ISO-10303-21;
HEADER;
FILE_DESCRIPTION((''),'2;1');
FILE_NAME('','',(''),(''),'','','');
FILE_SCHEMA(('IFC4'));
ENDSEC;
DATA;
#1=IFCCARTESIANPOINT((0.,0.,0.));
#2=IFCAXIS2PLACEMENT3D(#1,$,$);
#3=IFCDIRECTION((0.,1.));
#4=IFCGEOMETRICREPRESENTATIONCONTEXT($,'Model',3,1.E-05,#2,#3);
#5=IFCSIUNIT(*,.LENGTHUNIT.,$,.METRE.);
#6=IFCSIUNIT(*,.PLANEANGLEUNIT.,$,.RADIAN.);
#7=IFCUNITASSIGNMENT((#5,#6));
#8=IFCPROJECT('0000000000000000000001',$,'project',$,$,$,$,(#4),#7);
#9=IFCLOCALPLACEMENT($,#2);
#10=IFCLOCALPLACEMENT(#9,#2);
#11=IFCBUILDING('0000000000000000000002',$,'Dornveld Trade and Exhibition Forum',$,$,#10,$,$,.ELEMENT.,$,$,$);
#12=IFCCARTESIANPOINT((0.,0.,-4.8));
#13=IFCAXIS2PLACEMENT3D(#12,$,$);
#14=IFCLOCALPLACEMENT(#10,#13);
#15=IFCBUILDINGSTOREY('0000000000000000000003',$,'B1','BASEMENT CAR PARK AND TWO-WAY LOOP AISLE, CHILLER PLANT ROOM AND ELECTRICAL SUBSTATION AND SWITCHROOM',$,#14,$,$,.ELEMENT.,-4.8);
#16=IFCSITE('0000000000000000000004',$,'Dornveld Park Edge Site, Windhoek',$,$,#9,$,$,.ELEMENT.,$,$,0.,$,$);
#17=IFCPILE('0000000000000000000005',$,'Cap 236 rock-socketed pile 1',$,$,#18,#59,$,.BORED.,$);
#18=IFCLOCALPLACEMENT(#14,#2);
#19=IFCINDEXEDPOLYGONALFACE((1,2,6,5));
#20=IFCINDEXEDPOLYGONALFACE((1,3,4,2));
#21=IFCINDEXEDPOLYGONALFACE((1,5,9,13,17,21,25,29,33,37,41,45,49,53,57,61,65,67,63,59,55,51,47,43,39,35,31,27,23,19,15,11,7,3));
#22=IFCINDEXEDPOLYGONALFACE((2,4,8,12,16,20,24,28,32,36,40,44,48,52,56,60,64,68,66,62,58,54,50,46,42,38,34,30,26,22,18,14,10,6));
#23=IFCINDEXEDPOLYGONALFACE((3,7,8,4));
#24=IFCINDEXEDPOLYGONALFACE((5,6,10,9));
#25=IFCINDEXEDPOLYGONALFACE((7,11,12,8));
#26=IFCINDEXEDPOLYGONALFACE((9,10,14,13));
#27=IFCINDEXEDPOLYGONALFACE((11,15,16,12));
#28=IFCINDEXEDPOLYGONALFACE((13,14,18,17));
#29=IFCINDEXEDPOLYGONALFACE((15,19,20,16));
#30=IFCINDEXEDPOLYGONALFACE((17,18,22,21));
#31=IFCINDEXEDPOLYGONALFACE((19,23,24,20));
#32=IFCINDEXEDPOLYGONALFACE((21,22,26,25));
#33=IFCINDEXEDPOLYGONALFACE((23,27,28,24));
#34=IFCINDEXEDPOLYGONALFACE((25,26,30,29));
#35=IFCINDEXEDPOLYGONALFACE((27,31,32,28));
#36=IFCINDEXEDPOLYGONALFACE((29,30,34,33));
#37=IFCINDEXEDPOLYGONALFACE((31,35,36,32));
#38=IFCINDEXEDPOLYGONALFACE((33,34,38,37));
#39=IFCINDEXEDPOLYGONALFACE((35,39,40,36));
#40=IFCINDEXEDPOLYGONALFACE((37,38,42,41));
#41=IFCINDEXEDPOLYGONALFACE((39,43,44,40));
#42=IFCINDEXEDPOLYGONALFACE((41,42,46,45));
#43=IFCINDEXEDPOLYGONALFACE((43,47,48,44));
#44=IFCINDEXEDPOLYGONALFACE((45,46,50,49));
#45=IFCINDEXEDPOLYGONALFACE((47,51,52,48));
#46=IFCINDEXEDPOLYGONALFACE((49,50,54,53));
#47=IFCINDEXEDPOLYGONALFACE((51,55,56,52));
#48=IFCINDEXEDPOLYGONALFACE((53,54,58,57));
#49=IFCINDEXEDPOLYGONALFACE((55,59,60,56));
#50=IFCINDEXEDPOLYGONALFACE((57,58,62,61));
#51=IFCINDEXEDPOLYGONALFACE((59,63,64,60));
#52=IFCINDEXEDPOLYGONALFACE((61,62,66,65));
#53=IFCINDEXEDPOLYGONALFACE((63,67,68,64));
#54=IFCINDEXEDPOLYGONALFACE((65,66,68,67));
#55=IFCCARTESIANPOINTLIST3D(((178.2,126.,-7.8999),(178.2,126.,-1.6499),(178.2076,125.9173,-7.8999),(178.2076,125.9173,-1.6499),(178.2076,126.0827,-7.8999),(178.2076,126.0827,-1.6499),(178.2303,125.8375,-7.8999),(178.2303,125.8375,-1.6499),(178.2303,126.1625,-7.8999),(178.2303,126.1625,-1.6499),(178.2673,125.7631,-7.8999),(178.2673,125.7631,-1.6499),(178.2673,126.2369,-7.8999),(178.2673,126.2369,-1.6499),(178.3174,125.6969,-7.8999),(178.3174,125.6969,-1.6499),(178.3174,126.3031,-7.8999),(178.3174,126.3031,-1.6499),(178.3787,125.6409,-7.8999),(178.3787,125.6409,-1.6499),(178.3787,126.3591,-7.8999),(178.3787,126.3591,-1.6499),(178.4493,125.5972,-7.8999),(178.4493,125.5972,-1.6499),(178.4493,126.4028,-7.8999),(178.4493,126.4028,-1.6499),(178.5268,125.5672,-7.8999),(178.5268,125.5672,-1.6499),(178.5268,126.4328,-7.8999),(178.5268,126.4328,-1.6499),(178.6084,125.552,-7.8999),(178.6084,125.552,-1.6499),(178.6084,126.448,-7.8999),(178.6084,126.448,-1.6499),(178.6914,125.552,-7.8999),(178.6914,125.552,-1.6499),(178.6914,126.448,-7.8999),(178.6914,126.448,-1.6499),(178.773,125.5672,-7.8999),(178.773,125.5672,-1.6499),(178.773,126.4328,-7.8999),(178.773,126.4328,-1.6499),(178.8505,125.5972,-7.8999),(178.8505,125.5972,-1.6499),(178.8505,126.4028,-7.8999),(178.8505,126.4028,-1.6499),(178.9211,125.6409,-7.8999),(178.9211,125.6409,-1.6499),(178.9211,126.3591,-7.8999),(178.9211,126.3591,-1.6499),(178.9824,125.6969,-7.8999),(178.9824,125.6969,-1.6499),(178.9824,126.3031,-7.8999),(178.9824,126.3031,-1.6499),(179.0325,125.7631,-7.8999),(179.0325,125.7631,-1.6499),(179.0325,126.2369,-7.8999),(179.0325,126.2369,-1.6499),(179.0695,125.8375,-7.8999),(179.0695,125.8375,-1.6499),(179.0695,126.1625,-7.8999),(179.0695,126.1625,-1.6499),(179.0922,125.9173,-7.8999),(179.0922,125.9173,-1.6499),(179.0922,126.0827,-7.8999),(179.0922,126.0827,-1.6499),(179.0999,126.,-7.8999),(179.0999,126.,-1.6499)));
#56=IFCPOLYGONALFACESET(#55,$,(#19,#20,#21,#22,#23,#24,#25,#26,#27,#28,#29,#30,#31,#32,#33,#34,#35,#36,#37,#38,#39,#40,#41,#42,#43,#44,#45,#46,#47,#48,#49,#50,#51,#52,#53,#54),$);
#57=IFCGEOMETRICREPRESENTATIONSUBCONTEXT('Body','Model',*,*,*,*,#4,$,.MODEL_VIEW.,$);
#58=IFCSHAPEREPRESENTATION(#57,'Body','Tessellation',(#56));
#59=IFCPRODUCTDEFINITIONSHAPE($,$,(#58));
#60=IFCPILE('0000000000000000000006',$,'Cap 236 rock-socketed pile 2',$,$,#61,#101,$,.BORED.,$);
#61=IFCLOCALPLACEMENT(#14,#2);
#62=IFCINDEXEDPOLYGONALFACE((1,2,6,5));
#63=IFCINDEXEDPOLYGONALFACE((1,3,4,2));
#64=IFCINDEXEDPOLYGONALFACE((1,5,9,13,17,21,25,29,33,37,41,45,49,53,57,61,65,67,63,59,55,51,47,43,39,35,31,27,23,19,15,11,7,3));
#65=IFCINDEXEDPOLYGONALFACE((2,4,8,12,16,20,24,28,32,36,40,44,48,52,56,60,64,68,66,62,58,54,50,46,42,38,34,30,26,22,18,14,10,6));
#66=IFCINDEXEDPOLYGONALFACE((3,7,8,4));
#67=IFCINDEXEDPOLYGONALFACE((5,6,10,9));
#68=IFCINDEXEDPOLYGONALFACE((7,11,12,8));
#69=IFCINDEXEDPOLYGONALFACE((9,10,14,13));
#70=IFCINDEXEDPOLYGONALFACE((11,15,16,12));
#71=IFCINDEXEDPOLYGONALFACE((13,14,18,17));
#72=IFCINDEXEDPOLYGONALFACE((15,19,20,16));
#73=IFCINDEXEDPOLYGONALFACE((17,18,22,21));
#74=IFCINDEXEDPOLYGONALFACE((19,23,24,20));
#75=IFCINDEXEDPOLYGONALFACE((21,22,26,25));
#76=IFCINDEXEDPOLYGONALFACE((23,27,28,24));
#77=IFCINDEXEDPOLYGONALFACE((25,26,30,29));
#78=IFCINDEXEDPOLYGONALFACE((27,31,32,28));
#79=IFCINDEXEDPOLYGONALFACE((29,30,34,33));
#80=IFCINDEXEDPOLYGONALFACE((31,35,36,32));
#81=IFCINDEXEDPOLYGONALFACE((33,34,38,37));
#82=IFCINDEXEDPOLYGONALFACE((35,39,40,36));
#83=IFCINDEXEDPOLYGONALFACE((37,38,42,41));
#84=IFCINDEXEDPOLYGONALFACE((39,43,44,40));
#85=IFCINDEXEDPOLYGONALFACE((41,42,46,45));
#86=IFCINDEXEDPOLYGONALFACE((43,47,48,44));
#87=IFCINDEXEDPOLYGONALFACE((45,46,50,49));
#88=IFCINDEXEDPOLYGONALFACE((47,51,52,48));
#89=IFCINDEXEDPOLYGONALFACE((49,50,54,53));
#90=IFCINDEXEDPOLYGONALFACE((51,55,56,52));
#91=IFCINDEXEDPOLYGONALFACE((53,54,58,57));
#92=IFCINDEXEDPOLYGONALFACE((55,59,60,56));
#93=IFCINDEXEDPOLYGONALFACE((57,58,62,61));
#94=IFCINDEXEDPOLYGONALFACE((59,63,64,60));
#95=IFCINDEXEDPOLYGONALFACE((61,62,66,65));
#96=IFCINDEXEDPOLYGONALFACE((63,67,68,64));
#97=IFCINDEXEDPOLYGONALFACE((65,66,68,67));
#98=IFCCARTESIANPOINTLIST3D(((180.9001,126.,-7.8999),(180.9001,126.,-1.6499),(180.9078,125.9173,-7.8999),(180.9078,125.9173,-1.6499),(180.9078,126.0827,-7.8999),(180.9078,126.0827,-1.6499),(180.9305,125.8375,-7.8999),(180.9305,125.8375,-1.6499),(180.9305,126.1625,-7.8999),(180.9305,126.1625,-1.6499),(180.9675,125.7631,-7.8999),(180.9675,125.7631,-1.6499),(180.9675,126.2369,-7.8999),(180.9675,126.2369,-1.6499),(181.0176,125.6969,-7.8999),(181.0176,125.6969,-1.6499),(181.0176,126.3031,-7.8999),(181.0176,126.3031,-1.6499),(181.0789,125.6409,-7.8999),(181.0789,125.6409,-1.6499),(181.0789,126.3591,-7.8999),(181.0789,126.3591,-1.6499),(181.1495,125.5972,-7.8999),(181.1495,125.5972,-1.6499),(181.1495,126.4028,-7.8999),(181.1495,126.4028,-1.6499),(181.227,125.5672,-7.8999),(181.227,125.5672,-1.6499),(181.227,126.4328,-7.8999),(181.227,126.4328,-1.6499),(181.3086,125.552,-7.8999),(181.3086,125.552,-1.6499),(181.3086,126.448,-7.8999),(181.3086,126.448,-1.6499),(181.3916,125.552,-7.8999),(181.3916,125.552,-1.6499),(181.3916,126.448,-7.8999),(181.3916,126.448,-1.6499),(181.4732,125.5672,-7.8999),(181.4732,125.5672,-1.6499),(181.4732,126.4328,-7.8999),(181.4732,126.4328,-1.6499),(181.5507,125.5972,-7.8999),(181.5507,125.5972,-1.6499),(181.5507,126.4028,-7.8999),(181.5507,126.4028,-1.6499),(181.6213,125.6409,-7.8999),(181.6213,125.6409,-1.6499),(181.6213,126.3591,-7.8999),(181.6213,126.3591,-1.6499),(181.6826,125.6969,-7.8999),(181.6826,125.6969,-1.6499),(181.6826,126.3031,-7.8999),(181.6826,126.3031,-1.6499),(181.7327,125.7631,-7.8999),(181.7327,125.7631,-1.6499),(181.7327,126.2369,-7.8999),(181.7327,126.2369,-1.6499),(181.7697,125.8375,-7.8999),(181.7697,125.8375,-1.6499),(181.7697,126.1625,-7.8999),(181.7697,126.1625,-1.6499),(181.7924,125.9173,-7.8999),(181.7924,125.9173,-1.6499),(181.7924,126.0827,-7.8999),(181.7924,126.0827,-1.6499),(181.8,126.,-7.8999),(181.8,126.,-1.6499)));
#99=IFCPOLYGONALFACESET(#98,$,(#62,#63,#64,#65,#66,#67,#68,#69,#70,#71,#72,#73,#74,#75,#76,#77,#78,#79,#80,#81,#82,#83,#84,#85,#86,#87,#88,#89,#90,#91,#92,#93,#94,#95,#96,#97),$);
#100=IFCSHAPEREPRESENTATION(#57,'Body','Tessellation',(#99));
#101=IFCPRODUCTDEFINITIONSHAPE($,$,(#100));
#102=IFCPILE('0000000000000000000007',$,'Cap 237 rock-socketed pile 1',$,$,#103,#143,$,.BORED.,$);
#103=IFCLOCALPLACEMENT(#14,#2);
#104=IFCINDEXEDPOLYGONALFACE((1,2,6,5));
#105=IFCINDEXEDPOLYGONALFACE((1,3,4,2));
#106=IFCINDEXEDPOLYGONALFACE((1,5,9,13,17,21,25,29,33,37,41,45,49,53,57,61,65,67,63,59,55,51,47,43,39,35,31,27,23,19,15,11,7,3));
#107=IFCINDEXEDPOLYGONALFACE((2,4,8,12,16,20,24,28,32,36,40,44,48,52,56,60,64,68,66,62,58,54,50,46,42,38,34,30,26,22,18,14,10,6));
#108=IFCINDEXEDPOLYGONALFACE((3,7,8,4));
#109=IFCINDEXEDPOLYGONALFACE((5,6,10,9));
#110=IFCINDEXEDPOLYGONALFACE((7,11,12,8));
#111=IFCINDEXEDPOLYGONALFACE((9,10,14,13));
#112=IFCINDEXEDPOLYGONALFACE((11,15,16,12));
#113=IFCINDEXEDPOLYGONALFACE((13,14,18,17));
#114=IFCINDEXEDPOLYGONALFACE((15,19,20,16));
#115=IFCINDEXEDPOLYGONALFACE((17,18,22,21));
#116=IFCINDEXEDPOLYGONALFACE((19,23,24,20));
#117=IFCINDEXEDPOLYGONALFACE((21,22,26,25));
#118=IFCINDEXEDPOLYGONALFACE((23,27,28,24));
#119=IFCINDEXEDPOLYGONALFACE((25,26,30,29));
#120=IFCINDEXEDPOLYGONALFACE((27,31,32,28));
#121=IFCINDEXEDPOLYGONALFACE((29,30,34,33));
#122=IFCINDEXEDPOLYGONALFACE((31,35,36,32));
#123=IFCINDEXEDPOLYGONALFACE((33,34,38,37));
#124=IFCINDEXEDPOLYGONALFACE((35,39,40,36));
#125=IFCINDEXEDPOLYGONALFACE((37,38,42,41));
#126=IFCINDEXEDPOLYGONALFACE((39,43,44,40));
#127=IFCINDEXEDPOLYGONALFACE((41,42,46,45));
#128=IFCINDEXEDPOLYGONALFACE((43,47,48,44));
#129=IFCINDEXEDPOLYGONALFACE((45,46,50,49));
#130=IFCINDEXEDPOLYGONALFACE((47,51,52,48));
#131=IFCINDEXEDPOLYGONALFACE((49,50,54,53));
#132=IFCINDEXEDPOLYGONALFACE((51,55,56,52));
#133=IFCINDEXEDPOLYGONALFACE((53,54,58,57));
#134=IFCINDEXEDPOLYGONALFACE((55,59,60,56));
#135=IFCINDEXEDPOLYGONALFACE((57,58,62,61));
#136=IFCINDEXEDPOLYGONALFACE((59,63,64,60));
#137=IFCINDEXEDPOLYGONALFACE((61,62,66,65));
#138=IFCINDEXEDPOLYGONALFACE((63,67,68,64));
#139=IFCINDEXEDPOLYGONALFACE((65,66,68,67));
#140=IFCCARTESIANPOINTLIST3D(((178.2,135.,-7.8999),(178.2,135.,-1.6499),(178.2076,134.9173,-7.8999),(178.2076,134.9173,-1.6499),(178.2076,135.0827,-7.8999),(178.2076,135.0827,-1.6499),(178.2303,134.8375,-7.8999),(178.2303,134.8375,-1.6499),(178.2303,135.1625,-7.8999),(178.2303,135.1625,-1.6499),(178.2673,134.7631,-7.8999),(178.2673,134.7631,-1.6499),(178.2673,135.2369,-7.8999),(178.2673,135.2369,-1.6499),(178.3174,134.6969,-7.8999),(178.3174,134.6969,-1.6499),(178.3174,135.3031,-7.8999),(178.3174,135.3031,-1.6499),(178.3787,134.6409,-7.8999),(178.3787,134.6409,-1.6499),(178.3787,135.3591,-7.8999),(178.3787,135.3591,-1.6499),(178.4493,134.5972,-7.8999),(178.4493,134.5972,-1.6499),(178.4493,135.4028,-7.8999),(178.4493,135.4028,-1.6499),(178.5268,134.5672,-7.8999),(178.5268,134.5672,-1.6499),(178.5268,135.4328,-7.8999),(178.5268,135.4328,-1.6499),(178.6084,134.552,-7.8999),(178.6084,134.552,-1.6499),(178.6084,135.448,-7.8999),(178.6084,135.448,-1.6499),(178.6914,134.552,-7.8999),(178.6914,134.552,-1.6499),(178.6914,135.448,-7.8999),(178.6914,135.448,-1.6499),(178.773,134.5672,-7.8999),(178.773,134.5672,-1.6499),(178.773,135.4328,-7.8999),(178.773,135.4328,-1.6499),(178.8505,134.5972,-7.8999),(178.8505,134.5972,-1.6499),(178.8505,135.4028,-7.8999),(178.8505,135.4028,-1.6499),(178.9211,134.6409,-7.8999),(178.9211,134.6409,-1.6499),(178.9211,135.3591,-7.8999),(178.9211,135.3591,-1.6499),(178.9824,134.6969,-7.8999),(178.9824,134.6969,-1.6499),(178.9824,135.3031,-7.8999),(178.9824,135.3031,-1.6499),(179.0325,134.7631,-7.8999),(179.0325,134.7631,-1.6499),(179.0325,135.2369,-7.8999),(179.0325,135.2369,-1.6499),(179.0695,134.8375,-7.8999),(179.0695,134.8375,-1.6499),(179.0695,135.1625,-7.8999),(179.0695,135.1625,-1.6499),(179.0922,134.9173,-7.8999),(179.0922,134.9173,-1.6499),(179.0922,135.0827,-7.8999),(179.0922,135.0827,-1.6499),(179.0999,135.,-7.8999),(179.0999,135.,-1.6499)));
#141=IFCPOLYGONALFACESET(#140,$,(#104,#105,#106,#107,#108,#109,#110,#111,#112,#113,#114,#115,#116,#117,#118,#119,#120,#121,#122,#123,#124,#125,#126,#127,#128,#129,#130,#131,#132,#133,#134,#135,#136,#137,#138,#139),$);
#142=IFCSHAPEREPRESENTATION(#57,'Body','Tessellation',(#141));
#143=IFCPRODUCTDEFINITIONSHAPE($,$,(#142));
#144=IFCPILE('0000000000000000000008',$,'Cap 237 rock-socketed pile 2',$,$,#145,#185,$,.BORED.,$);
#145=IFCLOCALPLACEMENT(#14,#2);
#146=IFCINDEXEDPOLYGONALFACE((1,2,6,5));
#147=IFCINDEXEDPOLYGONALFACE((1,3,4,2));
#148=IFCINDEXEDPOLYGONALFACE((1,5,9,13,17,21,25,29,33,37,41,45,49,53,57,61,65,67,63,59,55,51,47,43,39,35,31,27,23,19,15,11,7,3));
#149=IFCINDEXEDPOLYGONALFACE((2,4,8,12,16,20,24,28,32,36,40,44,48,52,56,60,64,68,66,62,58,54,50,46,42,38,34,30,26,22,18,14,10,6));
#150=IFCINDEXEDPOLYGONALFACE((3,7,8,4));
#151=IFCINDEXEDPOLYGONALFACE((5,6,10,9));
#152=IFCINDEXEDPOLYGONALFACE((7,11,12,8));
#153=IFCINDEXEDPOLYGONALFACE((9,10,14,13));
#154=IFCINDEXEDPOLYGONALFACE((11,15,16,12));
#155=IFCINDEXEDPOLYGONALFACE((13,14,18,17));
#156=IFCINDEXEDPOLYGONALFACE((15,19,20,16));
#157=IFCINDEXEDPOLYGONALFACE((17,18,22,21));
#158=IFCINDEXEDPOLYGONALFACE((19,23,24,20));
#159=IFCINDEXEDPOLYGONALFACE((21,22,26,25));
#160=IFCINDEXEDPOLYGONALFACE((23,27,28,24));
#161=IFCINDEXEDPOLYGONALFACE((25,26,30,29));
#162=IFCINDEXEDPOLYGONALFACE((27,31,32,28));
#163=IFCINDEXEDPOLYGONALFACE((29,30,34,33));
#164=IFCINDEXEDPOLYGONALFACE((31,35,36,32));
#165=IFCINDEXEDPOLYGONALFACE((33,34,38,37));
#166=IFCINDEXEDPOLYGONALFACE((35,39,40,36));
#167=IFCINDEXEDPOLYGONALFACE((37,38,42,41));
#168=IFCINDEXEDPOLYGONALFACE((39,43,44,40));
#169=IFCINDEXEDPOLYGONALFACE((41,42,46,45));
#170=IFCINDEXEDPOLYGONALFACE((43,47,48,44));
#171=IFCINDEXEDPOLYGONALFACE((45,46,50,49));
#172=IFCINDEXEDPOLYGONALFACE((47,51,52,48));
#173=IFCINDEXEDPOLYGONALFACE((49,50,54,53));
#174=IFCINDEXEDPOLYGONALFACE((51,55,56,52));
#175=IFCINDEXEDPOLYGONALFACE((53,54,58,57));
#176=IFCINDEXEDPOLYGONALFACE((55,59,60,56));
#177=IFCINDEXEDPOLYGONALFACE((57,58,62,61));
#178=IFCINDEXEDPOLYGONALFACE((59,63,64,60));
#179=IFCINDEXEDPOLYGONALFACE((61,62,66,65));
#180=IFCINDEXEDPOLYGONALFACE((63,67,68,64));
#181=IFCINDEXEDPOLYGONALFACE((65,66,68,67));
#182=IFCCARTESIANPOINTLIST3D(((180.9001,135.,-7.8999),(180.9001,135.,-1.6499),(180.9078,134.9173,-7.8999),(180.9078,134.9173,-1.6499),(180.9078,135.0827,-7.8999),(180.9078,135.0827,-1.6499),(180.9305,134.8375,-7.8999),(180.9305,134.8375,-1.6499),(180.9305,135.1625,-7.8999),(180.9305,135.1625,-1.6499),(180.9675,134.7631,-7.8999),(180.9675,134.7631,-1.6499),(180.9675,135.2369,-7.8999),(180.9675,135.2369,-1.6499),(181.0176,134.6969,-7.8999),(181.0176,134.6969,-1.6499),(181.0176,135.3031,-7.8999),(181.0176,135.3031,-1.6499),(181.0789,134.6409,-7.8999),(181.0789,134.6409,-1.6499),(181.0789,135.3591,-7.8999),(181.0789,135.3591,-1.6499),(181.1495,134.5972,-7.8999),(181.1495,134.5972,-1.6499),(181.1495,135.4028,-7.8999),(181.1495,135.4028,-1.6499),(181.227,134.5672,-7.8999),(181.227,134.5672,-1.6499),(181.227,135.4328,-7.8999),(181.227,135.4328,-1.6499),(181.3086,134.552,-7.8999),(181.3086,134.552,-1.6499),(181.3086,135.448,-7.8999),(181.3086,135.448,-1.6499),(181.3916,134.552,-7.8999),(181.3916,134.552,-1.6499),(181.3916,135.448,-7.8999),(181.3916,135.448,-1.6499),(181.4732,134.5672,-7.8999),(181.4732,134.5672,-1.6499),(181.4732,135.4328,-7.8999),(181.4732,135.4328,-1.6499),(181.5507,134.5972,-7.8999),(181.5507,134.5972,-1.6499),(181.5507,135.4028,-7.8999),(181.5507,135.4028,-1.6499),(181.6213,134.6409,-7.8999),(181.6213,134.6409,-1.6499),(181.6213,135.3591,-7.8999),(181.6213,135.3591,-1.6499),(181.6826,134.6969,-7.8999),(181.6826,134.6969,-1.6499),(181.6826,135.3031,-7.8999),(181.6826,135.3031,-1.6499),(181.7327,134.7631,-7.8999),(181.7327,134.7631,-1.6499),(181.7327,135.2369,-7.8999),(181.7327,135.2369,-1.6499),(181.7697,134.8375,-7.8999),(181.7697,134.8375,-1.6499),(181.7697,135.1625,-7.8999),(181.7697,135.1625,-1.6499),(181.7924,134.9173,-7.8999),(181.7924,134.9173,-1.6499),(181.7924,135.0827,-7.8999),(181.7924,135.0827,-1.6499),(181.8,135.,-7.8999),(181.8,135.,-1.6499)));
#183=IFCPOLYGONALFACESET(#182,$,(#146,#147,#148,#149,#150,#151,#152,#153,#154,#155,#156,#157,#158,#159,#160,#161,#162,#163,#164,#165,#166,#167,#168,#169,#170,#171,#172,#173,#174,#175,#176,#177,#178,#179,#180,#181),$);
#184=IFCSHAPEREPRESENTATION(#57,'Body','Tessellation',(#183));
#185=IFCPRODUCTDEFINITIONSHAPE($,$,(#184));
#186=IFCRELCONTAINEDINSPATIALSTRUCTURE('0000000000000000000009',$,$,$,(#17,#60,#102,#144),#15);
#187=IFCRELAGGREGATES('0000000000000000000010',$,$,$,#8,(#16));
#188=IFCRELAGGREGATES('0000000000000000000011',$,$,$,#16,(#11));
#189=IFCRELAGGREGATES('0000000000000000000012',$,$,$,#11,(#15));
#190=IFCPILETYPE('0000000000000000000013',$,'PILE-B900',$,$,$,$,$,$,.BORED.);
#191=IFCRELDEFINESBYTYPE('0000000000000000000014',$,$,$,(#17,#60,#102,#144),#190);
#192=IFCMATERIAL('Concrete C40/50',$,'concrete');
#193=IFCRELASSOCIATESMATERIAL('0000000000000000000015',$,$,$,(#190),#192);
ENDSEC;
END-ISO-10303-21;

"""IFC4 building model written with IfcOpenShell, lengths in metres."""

from ifc_helpers import new_model, si_unit, direction, frame, origin, origin_2d, place, context, subcontext, project, spatial, circle, extrude, material, material_profile, profile_set, type_object, element, save


model = new_model("IFC4")

# Units and contexts
model_context = context("Model", 3, precision=1e-05, world=origin(), true_north=direction((0.0, 1.0)))
body_context = subcontext(model_context, "Body", "Model", "MODEL_VIEW")
ifc_project = project(units=[si_unit("LENGTHUNIT", "METRE"), si_unit("PLANEANGLEUNIT", "RADIAN")], contexts=[model_context])

# Site, building, storey
site_placement = place(None, origin())
site = spatial("IfcSite", under=ifc_project, at=site_placement, Name="Dornveld Park Edge Site, Windhoek", CompositionType="ELEMENT", RefElevation=0.0)
building_placement = place(site_placement, origin())
building = spatial("IfcBuilding", under=site, at=building_placement, Name="Dornveld Trade and Exhibition Forum", CompositionType="ELEMENT")
storey_placement = place(building_placement, frame((0.0, 0.0, -4.8)))
storey = spatial("IfcBuildingStorey", under=building, at=storey_placement, Name="B1", Description="BASEMENT CAR PARK AND TWO-WAY LOOP AISLE, CHILLER PLANT ROOM AND ELECTRICAL SUBSTATION AND SWITCHROOM", CompositionType="ELEMENT", Elevation=-4.8)

# Piles
ifc_material_1 = material(Name="Concrete C40/50", Category="concrete")
ifc_material_profile_1 = material_profile(ifc_material_1, circle(Radius=0.45, at=origin_2d()), Name="PILE D900")
ifc_profile_set_1 = profile_set([ifc_material_profile_1], Name="Concrete C40/50")
pile_type = type_object("IfcPileType", Name="PILE-B900", PredefinedType="BORED", material=ifc_profile_set_1)
for number, where, z_axis, x_axis, name in (
    (1, (178.6499, 126.0, -1.6499), (0.0, 0.0, -1.0), (1.0, 0.0, 0.0), "Cap 236 rock-socketed pile 1"),
    (2, (181.3501, 126.0, -1.6499), (0.0, 0.0, -1.0), (1.0, 0.0, 0.0), "Cap 236 rock-socketed pile 2"),
    (3, (178.6499, 135.0, -1.6499), (0.0, 0.0, -1.0), (1.0, 0.0, 0.0), "Cap 237 rock-socketed pile 1"),
    (4, (181.3501, 135.0, -1.6499), (0.0, 0.0, -1.0), (1.0, 0.0, 0.0), "Cap 237 rock-socketed pile 2"),
):
    element("IfcPile", number, at=place(storey_placement, frame(where, z_axis=z_axis, x_axis=x_axis)), inside=storey, type_object=pile_type, Name=name, PredefinedType="BORED", context=body_context, shape_type="SweptSolid", body=[
        extrude(circle(Radius=0.45, at=origin_2d()), origin(), (0.0, 0.0, 1.0), 6.25),
    ])

save(model, "model.ifc")
